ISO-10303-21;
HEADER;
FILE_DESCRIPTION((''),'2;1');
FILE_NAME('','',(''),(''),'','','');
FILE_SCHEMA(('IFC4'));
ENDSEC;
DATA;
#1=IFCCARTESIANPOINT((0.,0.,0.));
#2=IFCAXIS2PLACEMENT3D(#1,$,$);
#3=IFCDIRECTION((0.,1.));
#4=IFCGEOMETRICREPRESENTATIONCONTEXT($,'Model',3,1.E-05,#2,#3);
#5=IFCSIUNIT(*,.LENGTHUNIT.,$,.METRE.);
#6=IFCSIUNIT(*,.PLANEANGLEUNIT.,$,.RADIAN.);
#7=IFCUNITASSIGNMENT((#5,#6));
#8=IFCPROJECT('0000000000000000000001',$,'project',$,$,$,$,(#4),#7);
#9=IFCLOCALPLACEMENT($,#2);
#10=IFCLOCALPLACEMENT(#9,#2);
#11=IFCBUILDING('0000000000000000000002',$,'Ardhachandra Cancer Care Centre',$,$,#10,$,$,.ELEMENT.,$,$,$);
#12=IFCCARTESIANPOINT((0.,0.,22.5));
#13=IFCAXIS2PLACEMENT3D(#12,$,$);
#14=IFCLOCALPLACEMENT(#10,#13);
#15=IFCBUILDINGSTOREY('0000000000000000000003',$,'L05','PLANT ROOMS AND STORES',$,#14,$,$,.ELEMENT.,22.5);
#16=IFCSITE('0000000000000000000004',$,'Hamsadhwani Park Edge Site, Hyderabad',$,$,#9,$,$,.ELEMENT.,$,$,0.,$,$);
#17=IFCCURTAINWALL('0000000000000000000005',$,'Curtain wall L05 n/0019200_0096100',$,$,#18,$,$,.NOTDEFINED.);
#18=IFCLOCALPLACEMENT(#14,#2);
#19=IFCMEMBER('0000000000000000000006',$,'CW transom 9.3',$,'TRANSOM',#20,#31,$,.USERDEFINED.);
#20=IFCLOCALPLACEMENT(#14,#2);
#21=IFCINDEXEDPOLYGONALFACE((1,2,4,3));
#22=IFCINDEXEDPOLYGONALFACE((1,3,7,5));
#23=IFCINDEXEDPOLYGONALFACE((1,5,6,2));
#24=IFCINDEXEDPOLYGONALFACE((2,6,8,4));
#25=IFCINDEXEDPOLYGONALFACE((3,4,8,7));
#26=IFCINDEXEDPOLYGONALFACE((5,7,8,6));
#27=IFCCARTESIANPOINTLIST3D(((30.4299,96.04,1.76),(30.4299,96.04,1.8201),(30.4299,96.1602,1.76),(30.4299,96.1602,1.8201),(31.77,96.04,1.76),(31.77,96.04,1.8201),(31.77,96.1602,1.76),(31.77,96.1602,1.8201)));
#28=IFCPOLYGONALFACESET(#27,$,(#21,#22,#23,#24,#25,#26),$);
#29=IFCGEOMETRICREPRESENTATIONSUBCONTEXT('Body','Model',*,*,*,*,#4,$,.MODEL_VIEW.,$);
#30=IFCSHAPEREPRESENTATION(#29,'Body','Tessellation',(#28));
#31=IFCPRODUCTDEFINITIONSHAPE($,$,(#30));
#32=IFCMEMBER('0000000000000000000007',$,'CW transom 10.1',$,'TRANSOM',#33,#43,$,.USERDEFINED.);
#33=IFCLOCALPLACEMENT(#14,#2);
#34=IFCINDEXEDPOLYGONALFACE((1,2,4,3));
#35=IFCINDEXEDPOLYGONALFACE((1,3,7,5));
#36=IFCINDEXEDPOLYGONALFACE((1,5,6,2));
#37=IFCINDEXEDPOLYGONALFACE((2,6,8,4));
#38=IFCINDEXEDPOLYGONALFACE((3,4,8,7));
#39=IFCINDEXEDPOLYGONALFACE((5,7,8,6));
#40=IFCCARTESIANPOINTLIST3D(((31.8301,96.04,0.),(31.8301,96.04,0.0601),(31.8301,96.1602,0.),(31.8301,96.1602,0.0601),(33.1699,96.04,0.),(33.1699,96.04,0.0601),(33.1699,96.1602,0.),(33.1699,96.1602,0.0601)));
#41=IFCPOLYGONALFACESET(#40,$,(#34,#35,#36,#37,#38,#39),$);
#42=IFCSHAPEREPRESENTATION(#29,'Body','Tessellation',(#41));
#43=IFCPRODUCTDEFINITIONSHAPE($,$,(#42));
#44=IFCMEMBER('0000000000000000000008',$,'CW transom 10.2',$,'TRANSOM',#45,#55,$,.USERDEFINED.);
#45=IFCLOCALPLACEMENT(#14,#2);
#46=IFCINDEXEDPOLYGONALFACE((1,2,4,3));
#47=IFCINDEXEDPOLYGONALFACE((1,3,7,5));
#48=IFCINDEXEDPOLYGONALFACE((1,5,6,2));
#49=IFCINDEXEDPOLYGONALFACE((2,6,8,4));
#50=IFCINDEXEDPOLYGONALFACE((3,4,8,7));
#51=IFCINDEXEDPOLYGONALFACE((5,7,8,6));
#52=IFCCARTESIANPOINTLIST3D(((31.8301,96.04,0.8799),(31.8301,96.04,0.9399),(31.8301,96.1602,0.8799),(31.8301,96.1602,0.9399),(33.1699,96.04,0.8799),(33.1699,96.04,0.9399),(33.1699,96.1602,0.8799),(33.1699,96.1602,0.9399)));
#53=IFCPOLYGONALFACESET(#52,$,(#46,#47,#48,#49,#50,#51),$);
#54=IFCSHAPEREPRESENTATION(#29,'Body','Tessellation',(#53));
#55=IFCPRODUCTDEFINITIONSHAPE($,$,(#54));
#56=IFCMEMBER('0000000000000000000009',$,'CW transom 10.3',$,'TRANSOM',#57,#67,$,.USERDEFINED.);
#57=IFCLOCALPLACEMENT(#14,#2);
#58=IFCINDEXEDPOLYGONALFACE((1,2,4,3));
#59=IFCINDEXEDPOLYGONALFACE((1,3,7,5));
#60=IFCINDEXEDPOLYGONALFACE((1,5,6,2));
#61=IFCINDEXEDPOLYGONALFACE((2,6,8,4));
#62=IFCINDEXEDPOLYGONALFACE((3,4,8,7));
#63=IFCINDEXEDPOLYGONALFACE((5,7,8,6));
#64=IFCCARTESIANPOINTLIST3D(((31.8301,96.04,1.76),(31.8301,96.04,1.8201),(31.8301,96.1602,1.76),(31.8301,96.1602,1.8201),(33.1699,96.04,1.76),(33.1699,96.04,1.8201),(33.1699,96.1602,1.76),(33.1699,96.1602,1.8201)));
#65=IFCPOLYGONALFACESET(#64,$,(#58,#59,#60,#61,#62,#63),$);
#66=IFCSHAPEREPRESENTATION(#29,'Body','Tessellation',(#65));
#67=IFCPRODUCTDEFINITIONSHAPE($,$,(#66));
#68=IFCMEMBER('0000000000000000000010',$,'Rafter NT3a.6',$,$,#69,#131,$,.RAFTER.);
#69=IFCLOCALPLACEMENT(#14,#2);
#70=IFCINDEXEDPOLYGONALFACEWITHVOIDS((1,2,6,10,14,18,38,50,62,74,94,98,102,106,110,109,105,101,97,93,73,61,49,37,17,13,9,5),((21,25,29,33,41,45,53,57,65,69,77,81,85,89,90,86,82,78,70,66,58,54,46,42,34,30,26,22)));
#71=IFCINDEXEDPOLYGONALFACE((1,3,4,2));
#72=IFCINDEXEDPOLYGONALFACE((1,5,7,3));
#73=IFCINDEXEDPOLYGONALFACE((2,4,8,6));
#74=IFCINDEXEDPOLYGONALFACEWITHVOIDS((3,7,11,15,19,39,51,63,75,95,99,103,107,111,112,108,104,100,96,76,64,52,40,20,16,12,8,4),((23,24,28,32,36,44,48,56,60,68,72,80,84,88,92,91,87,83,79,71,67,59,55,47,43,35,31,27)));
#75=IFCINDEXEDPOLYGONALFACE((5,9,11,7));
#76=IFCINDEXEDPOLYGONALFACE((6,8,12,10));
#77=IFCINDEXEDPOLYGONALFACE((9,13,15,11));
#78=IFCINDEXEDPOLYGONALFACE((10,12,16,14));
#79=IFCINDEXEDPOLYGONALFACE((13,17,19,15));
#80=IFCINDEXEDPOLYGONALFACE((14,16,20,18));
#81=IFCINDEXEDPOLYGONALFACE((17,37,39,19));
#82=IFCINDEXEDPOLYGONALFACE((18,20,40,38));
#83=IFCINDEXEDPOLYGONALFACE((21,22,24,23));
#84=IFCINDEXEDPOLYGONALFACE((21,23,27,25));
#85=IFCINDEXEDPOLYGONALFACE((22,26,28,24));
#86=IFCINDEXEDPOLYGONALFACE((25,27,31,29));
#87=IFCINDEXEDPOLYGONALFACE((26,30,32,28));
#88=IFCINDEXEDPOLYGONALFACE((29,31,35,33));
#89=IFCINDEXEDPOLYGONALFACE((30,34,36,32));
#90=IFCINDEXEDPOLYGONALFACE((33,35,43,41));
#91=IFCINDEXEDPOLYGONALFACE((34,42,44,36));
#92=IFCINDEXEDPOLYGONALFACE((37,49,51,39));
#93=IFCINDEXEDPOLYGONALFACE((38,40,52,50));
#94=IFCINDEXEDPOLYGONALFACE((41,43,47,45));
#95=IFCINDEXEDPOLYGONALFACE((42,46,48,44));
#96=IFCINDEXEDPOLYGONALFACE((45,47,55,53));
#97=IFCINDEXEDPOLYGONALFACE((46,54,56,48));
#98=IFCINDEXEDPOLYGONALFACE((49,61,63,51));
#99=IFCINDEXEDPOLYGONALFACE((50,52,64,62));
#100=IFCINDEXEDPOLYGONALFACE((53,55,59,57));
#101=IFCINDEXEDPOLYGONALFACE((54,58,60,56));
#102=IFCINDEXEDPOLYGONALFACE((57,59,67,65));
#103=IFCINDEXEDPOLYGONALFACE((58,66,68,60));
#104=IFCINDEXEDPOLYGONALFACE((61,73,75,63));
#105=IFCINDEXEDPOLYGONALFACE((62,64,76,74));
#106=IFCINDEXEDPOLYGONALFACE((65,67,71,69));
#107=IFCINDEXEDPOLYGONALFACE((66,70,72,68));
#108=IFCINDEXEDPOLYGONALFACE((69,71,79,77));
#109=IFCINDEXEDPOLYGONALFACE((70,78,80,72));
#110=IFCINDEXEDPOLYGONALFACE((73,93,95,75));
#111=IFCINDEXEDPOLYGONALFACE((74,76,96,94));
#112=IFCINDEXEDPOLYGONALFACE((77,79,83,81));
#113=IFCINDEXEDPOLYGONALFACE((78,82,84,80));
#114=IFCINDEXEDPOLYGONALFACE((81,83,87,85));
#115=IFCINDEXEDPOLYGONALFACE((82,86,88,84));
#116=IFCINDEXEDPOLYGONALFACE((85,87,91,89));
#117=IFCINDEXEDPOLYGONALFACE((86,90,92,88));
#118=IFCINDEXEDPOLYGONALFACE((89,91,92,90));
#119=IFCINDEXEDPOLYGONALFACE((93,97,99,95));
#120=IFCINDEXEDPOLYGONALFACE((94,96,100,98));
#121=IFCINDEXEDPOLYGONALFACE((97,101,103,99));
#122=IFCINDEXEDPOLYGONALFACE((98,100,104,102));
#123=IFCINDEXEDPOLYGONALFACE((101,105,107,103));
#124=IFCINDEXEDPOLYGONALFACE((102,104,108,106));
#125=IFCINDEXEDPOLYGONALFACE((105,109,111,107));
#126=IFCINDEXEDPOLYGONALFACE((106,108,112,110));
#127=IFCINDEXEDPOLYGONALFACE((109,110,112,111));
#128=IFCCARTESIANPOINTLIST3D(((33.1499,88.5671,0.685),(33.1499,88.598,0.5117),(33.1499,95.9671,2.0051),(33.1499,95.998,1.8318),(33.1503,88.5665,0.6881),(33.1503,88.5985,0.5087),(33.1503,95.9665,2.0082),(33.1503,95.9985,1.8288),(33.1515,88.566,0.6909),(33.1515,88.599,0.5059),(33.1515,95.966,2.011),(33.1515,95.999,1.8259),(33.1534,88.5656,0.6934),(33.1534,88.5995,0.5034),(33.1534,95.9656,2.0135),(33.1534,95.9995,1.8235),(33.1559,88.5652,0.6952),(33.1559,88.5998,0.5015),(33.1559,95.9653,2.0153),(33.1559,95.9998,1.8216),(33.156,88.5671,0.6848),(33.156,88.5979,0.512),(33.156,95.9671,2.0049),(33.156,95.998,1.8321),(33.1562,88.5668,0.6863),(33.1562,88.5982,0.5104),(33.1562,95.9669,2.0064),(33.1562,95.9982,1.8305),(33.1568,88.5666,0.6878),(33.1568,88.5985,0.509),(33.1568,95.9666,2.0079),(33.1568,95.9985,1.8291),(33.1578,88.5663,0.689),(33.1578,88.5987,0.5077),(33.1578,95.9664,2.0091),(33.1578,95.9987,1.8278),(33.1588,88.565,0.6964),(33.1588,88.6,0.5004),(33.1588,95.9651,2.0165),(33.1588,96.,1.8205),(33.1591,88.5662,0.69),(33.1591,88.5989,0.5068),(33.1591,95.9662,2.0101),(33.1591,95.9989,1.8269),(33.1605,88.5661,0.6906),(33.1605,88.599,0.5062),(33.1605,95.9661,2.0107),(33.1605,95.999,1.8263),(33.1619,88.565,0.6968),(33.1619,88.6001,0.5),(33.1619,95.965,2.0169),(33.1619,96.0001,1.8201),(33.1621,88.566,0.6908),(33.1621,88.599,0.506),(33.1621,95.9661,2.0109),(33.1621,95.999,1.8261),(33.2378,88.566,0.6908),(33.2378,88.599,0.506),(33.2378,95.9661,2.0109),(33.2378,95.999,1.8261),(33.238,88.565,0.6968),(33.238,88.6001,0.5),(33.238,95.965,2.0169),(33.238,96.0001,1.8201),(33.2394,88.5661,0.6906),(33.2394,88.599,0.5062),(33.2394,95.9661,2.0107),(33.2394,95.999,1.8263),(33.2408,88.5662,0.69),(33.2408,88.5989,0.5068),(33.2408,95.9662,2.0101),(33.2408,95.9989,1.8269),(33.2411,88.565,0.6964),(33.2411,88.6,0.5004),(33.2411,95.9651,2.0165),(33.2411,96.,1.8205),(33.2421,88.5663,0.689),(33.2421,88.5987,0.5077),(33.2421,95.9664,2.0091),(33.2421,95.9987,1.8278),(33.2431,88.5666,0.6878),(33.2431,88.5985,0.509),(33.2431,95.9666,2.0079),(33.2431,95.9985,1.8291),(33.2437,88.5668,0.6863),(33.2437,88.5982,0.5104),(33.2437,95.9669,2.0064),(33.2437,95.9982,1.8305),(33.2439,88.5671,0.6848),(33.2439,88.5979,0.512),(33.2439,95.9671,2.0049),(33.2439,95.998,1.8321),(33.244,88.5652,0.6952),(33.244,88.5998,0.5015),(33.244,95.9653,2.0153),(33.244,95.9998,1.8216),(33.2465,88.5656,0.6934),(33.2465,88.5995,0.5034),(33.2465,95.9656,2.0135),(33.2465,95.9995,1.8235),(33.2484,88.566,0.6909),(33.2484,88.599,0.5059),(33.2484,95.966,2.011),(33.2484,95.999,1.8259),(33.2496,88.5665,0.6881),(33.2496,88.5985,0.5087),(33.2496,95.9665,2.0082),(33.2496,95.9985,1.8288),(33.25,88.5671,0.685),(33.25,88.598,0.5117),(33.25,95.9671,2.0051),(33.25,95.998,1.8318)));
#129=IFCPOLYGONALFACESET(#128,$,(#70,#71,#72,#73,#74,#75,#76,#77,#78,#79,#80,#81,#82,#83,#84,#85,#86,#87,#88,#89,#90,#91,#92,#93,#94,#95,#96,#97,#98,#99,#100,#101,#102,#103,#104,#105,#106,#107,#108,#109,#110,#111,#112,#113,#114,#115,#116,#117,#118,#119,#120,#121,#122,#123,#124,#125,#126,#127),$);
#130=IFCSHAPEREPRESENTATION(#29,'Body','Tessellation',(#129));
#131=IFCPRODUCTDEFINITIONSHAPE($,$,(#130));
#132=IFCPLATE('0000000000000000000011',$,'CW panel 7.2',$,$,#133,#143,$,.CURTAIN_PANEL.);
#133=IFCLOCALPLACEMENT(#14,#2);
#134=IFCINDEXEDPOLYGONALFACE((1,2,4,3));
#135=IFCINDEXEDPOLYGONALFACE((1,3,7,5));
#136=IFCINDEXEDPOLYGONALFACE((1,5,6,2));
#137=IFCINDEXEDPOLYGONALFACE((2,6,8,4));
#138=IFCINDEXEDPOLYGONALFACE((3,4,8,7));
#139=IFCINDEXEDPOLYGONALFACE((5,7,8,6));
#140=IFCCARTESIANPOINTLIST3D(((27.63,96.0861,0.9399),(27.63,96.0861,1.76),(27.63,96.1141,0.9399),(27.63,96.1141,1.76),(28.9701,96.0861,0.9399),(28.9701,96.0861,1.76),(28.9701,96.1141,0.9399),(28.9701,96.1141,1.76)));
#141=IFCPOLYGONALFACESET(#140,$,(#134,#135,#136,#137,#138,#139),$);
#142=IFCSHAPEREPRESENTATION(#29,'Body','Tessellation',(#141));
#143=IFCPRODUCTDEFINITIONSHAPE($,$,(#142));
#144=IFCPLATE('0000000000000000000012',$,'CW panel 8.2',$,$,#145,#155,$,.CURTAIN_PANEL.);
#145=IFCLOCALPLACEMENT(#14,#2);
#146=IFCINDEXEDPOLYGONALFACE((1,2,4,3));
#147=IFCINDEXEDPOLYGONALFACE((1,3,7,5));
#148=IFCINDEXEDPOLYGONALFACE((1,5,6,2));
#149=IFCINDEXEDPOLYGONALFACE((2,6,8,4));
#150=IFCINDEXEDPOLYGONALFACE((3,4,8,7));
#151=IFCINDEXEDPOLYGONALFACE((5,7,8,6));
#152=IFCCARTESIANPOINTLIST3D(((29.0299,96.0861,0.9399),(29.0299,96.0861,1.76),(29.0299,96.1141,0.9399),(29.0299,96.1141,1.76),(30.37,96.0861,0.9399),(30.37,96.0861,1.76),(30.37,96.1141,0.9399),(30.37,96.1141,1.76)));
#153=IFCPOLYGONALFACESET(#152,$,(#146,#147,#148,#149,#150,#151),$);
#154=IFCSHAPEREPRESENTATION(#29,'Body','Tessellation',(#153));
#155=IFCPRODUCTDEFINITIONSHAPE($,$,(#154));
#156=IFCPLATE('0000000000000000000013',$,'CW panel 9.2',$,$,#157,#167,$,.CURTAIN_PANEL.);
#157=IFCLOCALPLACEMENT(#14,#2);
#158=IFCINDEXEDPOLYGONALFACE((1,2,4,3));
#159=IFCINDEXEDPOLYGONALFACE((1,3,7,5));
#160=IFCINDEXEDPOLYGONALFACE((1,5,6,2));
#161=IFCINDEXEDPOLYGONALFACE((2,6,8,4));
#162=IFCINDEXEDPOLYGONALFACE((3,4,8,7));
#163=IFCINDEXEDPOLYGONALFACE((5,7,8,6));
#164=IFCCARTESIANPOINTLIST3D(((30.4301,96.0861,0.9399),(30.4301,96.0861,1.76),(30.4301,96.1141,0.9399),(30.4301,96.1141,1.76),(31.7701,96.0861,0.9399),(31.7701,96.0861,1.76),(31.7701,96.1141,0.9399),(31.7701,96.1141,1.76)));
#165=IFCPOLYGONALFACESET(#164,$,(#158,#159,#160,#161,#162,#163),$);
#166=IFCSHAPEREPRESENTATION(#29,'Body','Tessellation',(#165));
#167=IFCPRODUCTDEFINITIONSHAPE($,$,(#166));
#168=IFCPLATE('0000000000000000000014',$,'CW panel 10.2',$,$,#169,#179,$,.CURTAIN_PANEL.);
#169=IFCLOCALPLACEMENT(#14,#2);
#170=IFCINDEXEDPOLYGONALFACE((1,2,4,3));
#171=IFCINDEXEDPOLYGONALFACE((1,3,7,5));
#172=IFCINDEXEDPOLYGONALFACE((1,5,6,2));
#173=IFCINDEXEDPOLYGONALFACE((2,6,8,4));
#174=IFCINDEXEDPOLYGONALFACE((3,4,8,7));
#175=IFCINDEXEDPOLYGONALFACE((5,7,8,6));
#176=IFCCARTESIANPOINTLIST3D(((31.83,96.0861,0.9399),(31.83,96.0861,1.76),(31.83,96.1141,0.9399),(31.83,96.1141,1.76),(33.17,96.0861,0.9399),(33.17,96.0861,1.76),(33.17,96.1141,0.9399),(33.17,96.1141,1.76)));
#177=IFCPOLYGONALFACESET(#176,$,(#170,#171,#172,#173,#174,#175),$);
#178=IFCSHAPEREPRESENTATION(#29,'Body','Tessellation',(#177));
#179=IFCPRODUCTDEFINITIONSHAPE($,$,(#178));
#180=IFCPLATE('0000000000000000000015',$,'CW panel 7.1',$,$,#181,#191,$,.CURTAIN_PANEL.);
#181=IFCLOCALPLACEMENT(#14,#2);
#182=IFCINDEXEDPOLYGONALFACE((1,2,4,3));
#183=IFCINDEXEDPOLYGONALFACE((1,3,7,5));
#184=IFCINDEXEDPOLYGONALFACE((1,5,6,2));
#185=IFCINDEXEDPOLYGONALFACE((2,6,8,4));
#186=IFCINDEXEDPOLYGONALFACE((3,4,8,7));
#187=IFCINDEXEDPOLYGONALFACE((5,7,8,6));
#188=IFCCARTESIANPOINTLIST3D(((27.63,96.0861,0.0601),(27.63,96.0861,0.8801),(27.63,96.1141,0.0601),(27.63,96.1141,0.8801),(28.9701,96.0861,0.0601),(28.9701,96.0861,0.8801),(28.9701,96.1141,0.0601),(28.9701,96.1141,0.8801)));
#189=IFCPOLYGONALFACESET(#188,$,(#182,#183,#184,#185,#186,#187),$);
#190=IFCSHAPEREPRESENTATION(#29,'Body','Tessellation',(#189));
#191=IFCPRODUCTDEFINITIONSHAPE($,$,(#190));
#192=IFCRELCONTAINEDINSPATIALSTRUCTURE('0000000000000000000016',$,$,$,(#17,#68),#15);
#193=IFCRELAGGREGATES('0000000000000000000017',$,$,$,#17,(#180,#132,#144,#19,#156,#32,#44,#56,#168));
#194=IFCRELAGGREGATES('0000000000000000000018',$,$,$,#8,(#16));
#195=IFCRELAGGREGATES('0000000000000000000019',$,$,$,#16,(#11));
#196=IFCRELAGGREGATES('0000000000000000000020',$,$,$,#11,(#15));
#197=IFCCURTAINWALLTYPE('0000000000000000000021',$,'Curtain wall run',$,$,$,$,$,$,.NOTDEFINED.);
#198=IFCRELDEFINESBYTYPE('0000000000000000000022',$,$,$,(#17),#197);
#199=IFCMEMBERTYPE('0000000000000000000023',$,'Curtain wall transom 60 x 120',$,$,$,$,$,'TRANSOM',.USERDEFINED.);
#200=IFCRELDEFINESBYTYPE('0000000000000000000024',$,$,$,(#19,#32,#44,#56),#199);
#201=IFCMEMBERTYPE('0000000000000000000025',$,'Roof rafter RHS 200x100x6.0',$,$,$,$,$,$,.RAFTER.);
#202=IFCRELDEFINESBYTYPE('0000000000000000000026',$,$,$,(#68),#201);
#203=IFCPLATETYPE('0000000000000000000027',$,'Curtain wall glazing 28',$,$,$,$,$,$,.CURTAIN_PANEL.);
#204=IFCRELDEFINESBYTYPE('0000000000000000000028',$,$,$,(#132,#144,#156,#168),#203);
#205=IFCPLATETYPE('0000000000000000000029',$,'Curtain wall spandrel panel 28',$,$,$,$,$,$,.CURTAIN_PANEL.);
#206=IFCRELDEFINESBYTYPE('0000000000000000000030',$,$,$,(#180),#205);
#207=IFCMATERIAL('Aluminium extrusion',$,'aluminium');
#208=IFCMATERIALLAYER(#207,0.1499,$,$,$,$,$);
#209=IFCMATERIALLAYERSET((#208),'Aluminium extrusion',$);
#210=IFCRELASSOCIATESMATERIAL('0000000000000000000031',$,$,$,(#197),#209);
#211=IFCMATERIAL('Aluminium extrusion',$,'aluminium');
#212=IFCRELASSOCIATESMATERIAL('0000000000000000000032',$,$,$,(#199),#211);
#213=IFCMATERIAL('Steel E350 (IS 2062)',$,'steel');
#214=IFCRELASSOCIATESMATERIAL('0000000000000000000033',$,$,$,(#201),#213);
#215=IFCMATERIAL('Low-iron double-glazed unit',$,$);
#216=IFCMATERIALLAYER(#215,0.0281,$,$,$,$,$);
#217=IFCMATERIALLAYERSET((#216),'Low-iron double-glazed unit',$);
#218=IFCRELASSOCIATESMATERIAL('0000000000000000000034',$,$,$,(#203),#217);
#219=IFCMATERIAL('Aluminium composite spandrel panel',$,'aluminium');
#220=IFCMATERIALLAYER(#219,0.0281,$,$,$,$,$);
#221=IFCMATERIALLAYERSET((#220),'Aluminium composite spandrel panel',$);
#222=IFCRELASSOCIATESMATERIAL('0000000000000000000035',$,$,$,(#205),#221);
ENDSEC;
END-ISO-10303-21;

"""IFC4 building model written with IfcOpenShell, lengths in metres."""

from ifc_helpers import new_model, si_unit, direction, frame, origin, origin_2d, place, context, subcontext, project, spatial, rectangle, hollow_rectangle, extrude, material, layer, layer_set, material_profile, profile_set, type_object, element, aggregate, save


model = new_model("IFC4")

# Units and contexts
model_context = context("Model", 3, precision=1e-05, world=origin(), true_north=direction((0.0, 1.0)))
body_context = subcontext(model_context, "Body", "Model", "MODEL_VIEW")
ifc_project = project(units=[si_unit("LENGTHUNIT", "METRE"), si_unit("PLANEANGLEUNIT", "RADIAN")], contexts=[model_context])

# Site, building, storey
site_placement = place(None, origin())
site = spatial("IfcSite", under=ifc_project, at=site_placement, Name="Hamsadhwani Park Edge Site, Hyderabad", CompositionType="ELEMENT", RefElevation=0.0)
building_placement = place(site_placement, origin())
building = spatial("IfcBuilding", under=site, at=building_placement, Name="Ardhachandra Cancer Care Centre", CompositionType="ELEMENT")
storey_placement = place(building_placement, frame((0.0, 0.0, 22.5)))
storey = spatial("IfcBuildingStorey", under=building, at=storey_placement, Name="L05", Description="PLANT ROOMS AND STORES", CompositionType="ELEMENT", Elevation=22.5)

# Curtain wall, members
ifc_material_1 = material(Name="Aluminium extrusion", Category="aluminium")
ifc_layer_1 = layer(ifc_material_1, 0.1499)
ifc_layer_set_1 = layer_set([ifc_layer_1], Name="Aluminium extrusion")
curtain_wall_type = type_object("IfcCurtainWallType", Name="Curtain wall run", PredefinedType="NOTDEFINED", material=ifc_layer_set_1)
curtain_wall_placement = place(storey_placement, origin())
curtain_wall = element("IfcCurtainWall", 1, at=curtain_wall_placement, inside=storey, type_object=curtain_wall_type, Name="Curtain wall L05 n/0019200_0096100", PredefinedType="NOTDEFINED")
ifc_material_2 = material(Name="Aluminium extrusion", Category="aluminium")
ifc_material_profile_1 = material_profile(ifc_material_2, rectangle(XDim=0.1201, YDim=0.0601, at=origin_2d()), Name="Curtain wall transom 60 x 120")
ifc_profile_set_1 = profile_set([ifc_material_profile_1], Name="Aluminium extrusion")
member_type_1 = type_object("IfcMemberType", Name="Curtain wall transom 60 x 120", ElementType="TRANSOM", PredefinedType="USERDEFINED", material=ifc_profile_set_1)
member_1_placement = place(storey_placement, frame((30.4299, 96.1001, 1.79), z_axis=(1.0, 0.0, 0.0), x_axis=(0.0, 1.0, 0.0)))
member_1 = element("IfcMember", 2, at=member_1_placement, type_object=member_type_1, Name="CW transom 9.3", ObjectType="TRANSOM", PredefinedType="USERDEFINED", context=body_context, shape_type="SweptSolid", body=[
    extrude(rectangle(XDim=0.1201, YDim=0.0601, at=origin_2d()), origin(), (0.0, 0.0, 1.0), 1.3401),
])
member_2_placement = place(storey_placement, frame((31.8301, 96.1001, 0.03), z_axis=(1.0, 0.0, 0.0), x_axis=(0.0, 1.0, 0.0)))
member_2 = element("IfcMember", 3, at=member_2_placement, type_object=member_type_1, Name="CW transom 10.1", ObjectType="TRANSOM", PredefinedType="USERDEFINED", context=body_context, shape_type="SweptSolid", body=[
    extrude(rectangle(XDim=0.1201, YDim=0.0601, at=origin_2d()), origin(), (0.0, 0.0, 1.0), 1.3398),
])
member_3_placement = place(storey_placement, frame((31.8301, 96.1001, 0.9099), z_axis=(1.0, 0.0, 0.0), x_axis=(0.0, 1.0, 0.0)))
member_3 = element("IfcMember", 4, at=member_3_placement, type_object=member_type_1, Name="CW transom 10.2", ObjectType="TRANSOM", PredefinedType="USERDEFINED", context=body_context, shape_type="SweptSolid", body=[
    extrude(rectangle(XDim=0.1201, YDim=0.0601, at=origin_2d()), origin(), (0.0, 0.0, 1.0), 1.3398),
])
member_4_placement = place(storey_placement, frame((31.8301, 96.1001, 1.79), z_axis=(1.0, 0.0, 0.0), x_axis=(0.0, 1.0, 0.0)))
member_4 = element("IfcMember", 5, at=member_4_placement, type_object=member_type_1, Name="CW transom 10.3", ObjectType="TRANSOM", PredefinedType="USERDEFINED", context=body_context, shape_type="SweptSolid", body=[
    extrude(rectangle(XDim=0.1201, YDim=0.0601, at=origin_2d()), origin(), (0.0, 0.0, 1.0), 1.3398),
])

# Member
ifc_material_3 = material(Name="Steel E350 (IS 2062)", Category="steel")
ifc_material_profile_2 = material_profile(ifc_material_3, hollow_rectangle(XDim=0.1001, YDim=0.2, WallThickness=0.0061, InnerFilletRadius=0.0061, OuterFilletRadius=0.012, at=origin_2d()), Name="RHS 200x100x6.0")
ifc_profile_set_2 = profile_set([ifc_material_profile_2], Name="Steel E350 (IS 2062)")
member_type_2 = type_object("IfcMemberType", Name="Roof rafter RHS 200x100x6.0", PredefinedType="RAFTER", material=ifc_profile_set_2)
member_5_placement = place(storey_placement, frame((33.2, 88.5825, 0.5984), z_axis=(0.0, 0.984458, 0.175618), x_axis=(-1.0, 0.0, 0.0)))
element("IfcMember", 6, at=member_5_placement, inside=storey, type_object=member_type_2, Name="Rafter NT3a.6", PredefinedType="RAFTER", context=body_context, shape_type="SweptSolid", body=[
    extrude(hollow_rectangle(XDim=0.1001, YDim=0.2, WallThickness=0.0061, InnerFilletRadius=0.0061, OuterFilletRadius=0.012, at=origin_2d()), origin(), (0.0, 0.0, 1.0), 7.5168),
])

# Plates
ifc_material_4 = material(Name="Low-iron double-glazed unit")
ifc_layer_2 = layer(ifc_material_4, 0.0281)
ifc_layer_set_2 = layer_set([ifc_layer_2], Name="Low-iron double-glazed unit")
plate_type_1 = type_object("IfcPlateType", Name="Curtain wall glazing 28", PredefinedType="CURTAIN_PANEL", material=ifc_layer_set_2)
plate_1_placement = place(storey_placement, frame((28.3, 96.1001, 0.9399), z_axis=(0.0, 0.0, 1.0), x_axis=(1.0, 0.0, 0.0)))
plate_1 = element("IfcPlate", 7, at=plate_1_placement, type_object=plate_type_1, Name="CW panel 7.2", PredefinedType="CURTAIN_PANEL", context=body_context, shape_type="SweptSolid", body=[
    extrude(rectangle(XDim=1.3401, YDim=0.0281, at=origin_2d()), origin(), (0.0, 0.0, 1.0), 0.8201),
])
plate_2_placement = place(storey_placement, frame((29.7, 96.1001, 0.9399), z_axis=(0.0, 0.0, 1.0), x_axis=(1.0, 0.0, 0.0)))
plate_2 = element("IfcPlate", 8, at=plate_2_placement, type_object=plate_type_1, Name="CW panel 8.2", PredefinedType="CURTAIN_PANEL", context=body_context, shape_type="SweptSolid", body=[
    extrude(rectangle(XDim=1.3401, YDim=0.0281, at=origin_2d()), origin(), (0.0, 0.0, 1.0), 0.8201),
])
plate_3_placement = place(storey_placement, frame((31.1001, 96.1001, 0.9399), z_axis=(0.0, 0.0, 1.0), x_axis=(1.0, 0.0, 0.0)))
plate_3 = element("IfcPlate", 9, at=plate_3_placement, type_object=plate_type_1, Name="CW panel 9.2", PredefinedType="CURTAIN_PANEL", context=body_context, shape_type="SweptSolid", body=[
    extrude(rectangle(XDim=1.3401, YDim=0.0281, at=origin_2d()), origin(), (0.0, 0.0, 1.0), 0.8201),
])
plate_4_placement = place(storey_placement, frame((32.5, 96.1001, 0.9399), z_axis=(0.0, 0.0, 1.0), x_axis=(1.0, 0.0, 0.0)))
plate_4 = element("IfcPlate", 10, at=plate_4_placement, type_object=plate_type_1, Name="CW panel 10.2", PredefinedType="CURTAIN_PANEL", context=body_context, shape_type="SweptSolid", body=[
    extrude(rectangle(XDim=1.3401, YDim=0.0281, at=origin_2d()), origin(), (0.0, 0.0, 1.0), 0.8201),
])
ifc_material_5 = material(Name="Aluminium composite spandrel panel", Category="aluminium")
ifc_layer_3 = layer(ifc_material_5, 0.0281)
ifc_layer_set_3 = layer_set([ifc_layer_3], Name="Aluminium composite spandrel panel")
plate_type_2 = type_object("IfcPlateType", Name="Curtain wall spandrel panel 28", PredefinedType="CURTAIN_PANEL", material=ifc_layer_set_3)
plate_5_placement = place(storey_placement, frame((28.3, 96.1001, 0.0601), z_axis=(0.0, 0.0, 1.0), x_axis=(1.0, 0.0, 0.0)))
plate_5 = element("IfcPlate", 11, at=plate_5_placement, type_object=plate_type_2, Name="CW panel 7.1", PredefinedType="CURTAIN_PANEL", context=body_context, shape_type="SweptSolid", body=[
    extrude(rectangle(XDim=1.3401, YDim=0.0281, at=origin_2d()), origin(), (0.0, 0.0, 1.0), 0.8201),
])
aggregate(curtain_wall, [plate_5, plate_1, plate_2, member_1, plate_3, member_2, member_3, member_4, plate_4])

save(model, "model.ifc")
